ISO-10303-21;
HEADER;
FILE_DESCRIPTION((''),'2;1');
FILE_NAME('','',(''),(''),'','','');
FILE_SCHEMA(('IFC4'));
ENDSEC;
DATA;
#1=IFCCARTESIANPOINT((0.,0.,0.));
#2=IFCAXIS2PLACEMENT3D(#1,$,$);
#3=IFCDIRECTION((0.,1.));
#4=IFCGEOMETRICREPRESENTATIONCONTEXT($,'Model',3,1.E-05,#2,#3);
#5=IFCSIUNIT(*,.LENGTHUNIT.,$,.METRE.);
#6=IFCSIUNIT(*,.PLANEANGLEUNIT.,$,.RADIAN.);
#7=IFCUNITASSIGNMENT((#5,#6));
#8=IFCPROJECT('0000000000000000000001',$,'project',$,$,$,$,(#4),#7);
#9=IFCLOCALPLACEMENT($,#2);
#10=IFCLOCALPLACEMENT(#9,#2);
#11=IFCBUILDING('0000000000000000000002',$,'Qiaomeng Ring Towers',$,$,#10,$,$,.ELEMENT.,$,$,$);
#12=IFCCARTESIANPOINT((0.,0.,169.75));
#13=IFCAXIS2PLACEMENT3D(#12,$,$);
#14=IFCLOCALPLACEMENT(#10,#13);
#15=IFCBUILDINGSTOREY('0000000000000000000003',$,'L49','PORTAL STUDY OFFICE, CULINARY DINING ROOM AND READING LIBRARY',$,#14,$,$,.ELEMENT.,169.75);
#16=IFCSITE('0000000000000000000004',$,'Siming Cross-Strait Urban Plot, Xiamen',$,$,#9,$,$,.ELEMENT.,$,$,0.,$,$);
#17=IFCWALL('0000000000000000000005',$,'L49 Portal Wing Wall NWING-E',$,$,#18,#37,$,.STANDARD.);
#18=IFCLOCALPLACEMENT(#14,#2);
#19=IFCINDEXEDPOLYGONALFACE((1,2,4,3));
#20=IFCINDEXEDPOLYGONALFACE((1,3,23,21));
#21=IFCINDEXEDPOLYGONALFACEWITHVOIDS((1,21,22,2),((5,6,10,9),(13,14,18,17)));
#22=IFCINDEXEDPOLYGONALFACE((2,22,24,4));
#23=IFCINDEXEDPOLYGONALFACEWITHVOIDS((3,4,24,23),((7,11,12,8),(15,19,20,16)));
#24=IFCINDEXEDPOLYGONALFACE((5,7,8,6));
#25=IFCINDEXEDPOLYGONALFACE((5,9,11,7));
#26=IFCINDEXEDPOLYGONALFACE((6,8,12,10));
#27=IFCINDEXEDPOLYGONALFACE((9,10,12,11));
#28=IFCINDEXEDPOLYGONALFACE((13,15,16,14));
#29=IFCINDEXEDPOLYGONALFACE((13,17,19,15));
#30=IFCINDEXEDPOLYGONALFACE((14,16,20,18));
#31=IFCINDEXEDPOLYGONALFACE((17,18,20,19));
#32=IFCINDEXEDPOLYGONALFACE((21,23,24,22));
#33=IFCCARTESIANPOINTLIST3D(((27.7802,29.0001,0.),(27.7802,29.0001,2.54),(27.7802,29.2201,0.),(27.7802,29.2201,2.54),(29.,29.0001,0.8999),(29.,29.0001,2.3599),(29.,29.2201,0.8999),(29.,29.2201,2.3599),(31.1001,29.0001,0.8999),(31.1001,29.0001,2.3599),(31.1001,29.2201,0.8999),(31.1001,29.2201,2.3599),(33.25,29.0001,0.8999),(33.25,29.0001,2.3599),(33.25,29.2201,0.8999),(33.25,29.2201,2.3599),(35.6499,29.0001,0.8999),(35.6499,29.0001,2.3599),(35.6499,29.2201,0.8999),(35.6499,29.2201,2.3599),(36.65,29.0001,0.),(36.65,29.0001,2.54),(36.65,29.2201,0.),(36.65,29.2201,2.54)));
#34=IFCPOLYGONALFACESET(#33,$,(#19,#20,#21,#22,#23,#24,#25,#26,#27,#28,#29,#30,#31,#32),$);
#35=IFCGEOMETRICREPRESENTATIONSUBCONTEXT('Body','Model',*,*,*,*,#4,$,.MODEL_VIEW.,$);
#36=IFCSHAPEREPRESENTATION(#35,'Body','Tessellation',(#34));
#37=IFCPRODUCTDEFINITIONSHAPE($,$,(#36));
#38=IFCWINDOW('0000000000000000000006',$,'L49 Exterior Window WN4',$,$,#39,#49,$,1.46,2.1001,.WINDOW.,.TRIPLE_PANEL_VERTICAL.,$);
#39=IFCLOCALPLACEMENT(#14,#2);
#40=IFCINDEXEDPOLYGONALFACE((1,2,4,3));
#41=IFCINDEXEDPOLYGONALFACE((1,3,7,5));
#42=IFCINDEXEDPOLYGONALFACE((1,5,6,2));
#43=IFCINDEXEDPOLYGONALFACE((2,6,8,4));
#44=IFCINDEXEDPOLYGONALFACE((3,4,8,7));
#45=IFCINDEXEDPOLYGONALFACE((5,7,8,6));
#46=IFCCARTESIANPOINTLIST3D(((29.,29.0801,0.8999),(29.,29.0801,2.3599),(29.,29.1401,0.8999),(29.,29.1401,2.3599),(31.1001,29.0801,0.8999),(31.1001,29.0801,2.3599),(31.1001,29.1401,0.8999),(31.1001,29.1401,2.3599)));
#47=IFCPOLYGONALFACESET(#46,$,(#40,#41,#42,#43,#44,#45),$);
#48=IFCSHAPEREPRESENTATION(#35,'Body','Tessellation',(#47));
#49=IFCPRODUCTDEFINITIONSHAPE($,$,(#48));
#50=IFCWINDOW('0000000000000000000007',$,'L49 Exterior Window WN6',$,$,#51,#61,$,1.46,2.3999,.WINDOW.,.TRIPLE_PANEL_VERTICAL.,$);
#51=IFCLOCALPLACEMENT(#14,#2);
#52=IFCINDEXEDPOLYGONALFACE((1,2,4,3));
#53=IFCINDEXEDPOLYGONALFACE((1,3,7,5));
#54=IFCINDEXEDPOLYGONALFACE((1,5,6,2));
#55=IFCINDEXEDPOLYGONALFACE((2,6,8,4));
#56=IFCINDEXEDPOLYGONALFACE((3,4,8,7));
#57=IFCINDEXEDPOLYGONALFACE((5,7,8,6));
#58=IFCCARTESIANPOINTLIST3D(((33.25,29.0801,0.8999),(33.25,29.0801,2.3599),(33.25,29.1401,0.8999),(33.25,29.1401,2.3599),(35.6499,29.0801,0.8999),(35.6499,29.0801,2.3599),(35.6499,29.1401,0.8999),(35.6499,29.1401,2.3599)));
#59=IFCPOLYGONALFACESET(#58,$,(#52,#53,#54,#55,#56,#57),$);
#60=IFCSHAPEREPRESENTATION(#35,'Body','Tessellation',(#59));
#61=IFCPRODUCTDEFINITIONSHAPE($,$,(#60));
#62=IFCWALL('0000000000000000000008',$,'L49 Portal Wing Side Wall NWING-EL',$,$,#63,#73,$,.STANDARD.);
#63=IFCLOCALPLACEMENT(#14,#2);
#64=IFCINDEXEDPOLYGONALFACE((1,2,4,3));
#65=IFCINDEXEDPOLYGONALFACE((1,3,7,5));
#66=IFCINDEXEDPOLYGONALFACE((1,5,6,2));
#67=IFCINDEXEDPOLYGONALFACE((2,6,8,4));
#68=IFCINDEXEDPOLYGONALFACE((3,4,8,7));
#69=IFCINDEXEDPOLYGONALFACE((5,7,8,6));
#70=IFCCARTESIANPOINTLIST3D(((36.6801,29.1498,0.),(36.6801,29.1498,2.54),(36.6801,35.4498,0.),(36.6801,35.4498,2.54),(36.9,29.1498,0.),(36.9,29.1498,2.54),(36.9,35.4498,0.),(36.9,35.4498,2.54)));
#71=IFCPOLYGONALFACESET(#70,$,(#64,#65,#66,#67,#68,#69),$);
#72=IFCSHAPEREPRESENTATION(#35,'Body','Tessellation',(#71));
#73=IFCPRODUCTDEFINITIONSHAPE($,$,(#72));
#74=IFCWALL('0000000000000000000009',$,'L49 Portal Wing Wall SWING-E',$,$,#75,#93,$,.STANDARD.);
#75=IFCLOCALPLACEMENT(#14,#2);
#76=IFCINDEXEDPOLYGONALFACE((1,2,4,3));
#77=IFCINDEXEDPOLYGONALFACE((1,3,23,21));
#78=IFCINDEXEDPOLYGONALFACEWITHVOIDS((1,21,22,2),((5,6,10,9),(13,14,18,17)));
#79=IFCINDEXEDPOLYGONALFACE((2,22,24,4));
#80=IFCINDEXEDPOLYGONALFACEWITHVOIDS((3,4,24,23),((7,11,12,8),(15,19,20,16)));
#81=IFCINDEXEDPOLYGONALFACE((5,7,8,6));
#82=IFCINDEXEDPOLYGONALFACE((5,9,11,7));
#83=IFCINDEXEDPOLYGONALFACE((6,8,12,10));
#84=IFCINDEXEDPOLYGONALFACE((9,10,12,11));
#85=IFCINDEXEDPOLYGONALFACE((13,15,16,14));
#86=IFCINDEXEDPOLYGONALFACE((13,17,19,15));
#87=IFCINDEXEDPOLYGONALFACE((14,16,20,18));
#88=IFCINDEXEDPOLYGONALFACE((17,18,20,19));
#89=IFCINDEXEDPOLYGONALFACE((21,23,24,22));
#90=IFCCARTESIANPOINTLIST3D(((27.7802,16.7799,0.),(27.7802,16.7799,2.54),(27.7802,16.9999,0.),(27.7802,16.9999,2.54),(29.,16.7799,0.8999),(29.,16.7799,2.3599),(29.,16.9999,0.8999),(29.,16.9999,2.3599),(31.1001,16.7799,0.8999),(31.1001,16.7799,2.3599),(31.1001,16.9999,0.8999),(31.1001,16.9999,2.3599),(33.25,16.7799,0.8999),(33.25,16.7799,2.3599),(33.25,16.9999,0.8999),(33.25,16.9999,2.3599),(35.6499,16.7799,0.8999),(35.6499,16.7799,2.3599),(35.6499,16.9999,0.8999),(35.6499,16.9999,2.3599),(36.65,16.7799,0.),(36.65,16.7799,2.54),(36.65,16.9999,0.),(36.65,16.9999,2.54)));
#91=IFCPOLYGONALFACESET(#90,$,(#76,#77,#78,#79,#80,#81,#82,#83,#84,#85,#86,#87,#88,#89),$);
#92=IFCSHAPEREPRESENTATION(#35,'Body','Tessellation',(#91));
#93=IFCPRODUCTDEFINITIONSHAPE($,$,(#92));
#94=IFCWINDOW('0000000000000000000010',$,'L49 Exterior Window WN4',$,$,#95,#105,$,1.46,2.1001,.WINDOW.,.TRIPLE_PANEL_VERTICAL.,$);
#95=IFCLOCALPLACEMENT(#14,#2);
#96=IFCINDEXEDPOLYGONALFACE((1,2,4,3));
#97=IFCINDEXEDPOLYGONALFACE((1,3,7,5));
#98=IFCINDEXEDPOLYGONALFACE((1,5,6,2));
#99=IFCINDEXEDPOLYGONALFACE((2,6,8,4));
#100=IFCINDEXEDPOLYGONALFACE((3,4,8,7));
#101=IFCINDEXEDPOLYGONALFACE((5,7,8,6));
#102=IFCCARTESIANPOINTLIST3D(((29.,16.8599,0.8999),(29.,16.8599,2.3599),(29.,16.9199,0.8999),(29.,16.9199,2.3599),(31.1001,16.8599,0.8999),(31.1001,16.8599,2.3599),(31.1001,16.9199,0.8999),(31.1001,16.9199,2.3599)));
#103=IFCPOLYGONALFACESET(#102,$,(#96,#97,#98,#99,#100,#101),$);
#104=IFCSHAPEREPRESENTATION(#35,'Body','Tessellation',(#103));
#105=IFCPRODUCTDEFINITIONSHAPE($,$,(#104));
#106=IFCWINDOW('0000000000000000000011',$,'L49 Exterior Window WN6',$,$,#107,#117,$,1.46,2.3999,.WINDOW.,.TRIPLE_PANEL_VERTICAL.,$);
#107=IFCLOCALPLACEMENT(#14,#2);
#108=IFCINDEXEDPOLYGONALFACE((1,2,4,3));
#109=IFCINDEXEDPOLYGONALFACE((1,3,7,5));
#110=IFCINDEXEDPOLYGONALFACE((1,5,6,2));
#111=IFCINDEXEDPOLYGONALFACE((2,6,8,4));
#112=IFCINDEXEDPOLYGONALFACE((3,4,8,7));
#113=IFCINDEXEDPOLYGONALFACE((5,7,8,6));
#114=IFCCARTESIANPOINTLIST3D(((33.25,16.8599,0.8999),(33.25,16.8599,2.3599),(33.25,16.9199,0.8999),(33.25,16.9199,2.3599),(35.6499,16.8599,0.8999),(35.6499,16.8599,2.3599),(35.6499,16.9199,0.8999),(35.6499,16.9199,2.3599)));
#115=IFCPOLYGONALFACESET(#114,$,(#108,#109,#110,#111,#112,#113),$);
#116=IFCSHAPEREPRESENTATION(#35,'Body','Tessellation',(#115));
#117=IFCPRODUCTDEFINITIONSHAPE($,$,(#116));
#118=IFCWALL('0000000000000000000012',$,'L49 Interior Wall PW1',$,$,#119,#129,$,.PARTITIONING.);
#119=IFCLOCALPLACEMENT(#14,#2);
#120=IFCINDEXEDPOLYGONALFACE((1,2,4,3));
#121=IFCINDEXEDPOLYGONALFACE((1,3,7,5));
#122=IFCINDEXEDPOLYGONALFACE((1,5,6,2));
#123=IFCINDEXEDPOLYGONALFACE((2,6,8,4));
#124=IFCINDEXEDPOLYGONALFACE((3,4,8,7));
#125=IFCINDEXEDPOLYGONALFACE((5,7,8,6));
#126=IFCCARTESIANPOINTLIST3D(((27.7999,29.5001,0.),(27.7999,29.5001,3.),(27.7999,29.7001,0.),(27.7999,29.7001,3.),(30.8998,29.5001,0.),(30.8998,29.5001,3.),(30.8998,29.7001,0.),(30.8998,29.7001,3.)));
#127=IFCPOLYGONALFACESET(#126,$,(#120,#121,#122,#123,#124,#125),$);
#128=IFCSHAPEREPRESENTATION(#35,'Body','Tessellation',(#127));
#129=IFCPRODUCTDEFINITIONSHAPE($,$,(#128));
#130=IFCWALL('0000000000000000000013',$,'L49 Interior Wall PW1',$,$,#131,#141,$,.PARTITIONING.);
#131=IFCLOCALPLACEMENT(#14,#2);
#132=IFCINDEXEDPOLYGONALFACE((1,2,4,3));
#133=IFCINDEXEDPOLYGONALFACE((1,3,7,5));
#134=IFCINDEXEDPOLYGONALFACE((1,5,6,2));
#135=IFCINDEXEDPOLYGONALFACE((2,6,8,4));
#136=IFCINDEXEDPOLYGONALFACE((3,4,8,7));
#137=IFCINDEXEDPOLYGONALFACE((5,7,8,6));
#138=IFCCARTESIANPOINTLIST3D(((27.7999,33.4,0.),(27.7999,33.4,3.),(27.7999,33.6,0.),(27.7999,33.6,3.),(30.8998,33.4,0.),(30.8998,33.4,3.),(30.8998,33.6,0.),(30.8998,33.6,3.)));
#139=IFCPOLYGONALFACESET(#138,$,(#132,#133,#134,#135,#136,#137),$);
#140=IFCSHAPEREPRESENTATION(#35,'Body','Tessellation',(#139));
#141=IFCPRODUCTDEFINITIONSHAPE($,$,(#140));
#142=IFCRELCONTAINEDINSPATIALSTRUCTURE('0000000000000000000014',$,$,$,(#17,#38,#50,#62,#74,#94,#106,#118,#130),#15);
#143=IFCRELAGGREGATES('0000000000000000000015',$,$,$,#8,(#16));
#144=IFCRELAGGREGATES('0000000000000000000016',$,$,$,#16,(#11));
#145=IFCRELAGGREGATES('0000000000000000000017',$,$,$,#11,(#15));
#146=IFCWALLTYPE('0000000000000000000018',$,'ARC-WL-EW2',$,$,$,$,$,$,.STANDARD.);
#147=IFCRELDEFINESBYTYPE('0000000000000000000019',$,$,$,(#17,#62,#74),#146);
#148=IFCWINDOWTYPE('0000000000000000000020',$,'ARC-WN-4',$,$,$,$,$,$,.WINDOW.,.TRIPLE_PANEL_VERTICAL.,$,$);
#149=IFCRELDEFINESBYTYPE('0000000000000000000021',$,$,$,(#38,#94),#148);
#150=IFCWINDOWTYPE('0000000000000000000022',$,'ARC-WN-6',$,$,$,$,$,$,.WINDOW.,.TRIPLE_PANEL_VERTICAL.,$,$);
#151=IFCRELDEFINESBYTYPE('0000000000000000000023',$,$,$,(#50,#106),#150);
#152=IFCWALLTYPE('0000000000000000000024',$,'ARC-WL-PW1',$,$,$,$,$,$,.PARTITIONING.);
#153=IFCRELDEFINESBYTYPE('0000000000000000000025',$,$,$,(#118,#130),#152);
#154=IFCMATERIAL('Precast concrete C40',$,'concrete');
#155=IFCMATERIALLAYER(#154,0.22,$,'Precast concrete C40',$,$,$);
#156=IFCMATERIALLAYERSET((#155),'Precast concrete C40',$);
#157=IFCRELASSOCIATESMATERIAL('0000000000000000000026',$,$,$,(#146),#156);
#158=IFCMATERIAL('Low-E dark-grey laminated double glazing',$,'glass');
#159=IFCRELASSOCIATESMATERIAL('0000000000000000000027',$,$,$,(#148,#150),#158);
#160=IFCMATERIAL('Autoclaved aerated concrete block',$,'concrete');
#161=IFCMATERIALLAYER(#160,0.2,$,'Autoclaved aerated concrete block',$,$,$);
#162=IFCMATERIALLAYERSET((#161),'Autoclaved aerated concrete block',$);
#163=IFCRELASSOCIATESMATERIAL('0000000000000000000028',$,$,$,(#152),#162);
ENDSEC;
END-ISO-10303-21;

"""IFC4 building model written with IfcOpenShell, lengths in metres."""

from ifc_helpers import new_model, si_unit, direction, frame, frame_2d, origin, place, context, subcontext, project, spatial, rectangle, extrude, source, transform, mapped, material, layer, layer_set, type_object, element, fill, save


model = new_model("IFC4")

# Units and contexts
model_context = context("Model", 3, precision=1e-05, world=origin(), true_north=direction((0.0, 1.0)))
body_context = subcontext(model_context, "Body", "Model", "MODEL_VIEW")
ifc_project = project(units=[si_unit("LENGTHUNIT", "METRE"), si_unit("PLANEANGLEUNIT", "RADIAN")], contexts=[model_context])

# Site, building, storey
site_placement = place(None, origin())
site = spatial("IfcSite", under=ifc_project, at=site_placement, Name="Siming Cross-Strait Urban Plot, Xiamen", CompositionType="ELEMENT", RefElevation=0.0)
building_placement = place(site_placement, origin())
building = spatial("IfcBuilding", under=site, at=building_placement, Name="Qiaomeng Ring Towers", CompositionType="ELEMENT")
storey_placement = place(building_placement, frame((0.0, 0.0, 169.75)))
storey = spatial("IfcBuildingStorey", under=building, at=storey_placement, Name="L49", Description="PORTAL STUDY OFFICE, CULINARY DINING ROOM AND READING LIBRARY", CompositionType="ELEMENT", Elevation=169.75)

# Wall, openings, windows
ifc_material_1 = material(Name="Precast concrete C40", Category="concrete")
ifc_layer_1 = layer(ifc_material_1, 0.22, Name="Precast concrete C40")
ifc_layer_set_1 = layer_set([ifc_layer_1], Name="Precast concrete C40")
wall_type_1 = type_object("IfcWallType", Name="ARC-WL-EW2", PredefinedType="STANDARD", material=ifc_layer_set_1)
wall_1_placement = place(storey_placement, frame((27.78, 29.1101, 0.0), z_axis=(0.0, 0.0, 1.0), x_axis=(1.0, 0.0, 0.0)))
wall_1 = element("IfcWall", 1, at=wall_1_placement, inside=storey, type_object=wall_type_1, Name="L49 Portal Wing Wall NWING-E", PredefinedType="STANDARD", context=body_context, shape_type="SweptSolid", body=[
    extrude(rectangle(XDim=8.8699, YDim=0.22, at=frame_2d((4.4351, 0.0))), origin(), (0.0, 0.0, 1.0), 2.54),
])
opening_1_placement = place(wall_1_placement, frame((1.22, 0.0, 0.8999)))
opening_1 = element("IfcOpeningElement", 2, at=opening_1_placement, cuts=wall_1, PredefinedType="OPENING", context=body_context, shape_type="SweptSolid", body=[
    extrude(rectangle(XDim=2.1001, YDim=1.46, at=frame_2d((1.05, 0.73))), frame((0.0, 0.1199, 0.0), z_axis=(0.0, -1.0, 0.0), x_axis=(1.0, 0.0, 0.0)), (0.0, 0.0, 1.0), 0.24),
])
opening_2_placement = place(wall_1_placement, frame((5.47, 0.0, 0.8999)))
opening_2 = element("IfcOpeningElement", 3, at=opening_2_placement, cuts=wall_1, PredefinedType="OPENING", context=body_context, shape_type="SweptSolid", body=[
    extrude(rectangle(XDim=2.3999, YDim=1.46, at=frame_2d((1.2, 0.73))), frame((0.0, 0.1199, 0.0), z_axis=(0.0, -1.0, 0.0), x_axis=(1.0, 0.0, 0.0)), (0.0, 0.0, 1.0), 0.24),
])
ifc_material_2 = material(Name="Low-E dark-grey laminated double glazing", Category="glass")
window_type_1 = type_object("IfcWindowType", Name="ARC-WN-4", PartitioningType="TRIPLE_PANEL_VERTICAL", PredefinedType="WINDOW", material=ifc_material_2)
shared_shape_1 = source(origin(), body_context, "Body", "SweptSolid", [
    extrude(rectangle(XDim=2.1001, YDim=1.46, at=frame_2d((1.05, 0.73))), frame((0.0, 0.03, 0.0), z_axis=(0.0, -1.0, 0.0), x_axis=(1.0, 0.0, 0.0)), (0.0, 0.0, 1.0), 0.0601),
])
window_1_placement = place(opening_1_placement, origin())
window_1 = element("IfcWindow", 4, at=window_1_placement, inside=storey, type_object=window_type_1, Name="L49 Exterior Window WN4", OverallHeight=1.46, OverallWidth=2.1001, PartitioningType="TRIPLE_PANEL_VERTICAL", PredefinedType="WINDOW", context=body_context, shape_type="MappedRepresentation", body=[
    mapped(shared_shape_1, transform((0.0, 0.0, 0.0), x_axis=(1.0, 0.0, 0.0), y_axis=(0.0, 1.0, 0.0), z_axis=(0.0, 0.0, 1.0), scale=1.0)),
])
fill(opening_1, window_1)
window_type_2 = type_object("IfcWindowType", Name="ARC-WN-6", PartitioningType="TRIPLE_PANEL_VERTICAL", PredefinedType="WINDOW", material=ifc_material_2)
shared_shape_2 = source(origin(), body_context, "Body", "SweptSolid", [
    extrude(rectangle(XDim=2.3999, YDim=1.46, at=frame_2d((1.2, 0.73))), frame((0.0, 0.03, 0.0), z_axis=(0.0, -1.0, 0.0), x_axis=(1.0, 0.0, 0.0)), (0.0, 0.0, 1.0), 0.0601),
])
window_2_placement = place(opening_2_placement, origin())
window_2 = element("IfcWindow", 5, at=window_2_placement, inside=storey, type_object=window_type_2, Name="L49 Exterior Window WN6", OverallHeight=1.46, OverallWidth=2.3999, PartitioningType="TRIPLE_PANEL_VERTICAL", PredefinedType="WINDOW", context=body_context, shape_type="MappedRepresentation", body=[
    mapped(shared_shape_2, transform((0.0, 0.0, 0.0), x_axis=(1.0, 0.0, 0.0), y_axis=(0.0, 1.0, 0.0), z_axis=(0.0, 0.0, 1.0), scale=1.0)),
])
fill(opening_2, window_2)

# Wall
wall_2_placement = place(storey_placement, frame((36.79, 29.1499, 0.0), z_axis=(0.0, 0.0, 1.0), x_axis=(0.0, 1.0, 0.0)))
element("IfcWall", 6, at=wall_2_placement, inside=storey, type_object=wall_type_1, Name="L49 Portal Wing Side Wall NWING-EL", PredefinedType="STANDARD", context=body_context, shape_type="SweptSolid", body=[
    extrude(rectangle(XDim=6.3, YDim=0.22, at=frame_2d((3.1499, 0.0))), origin(), (0.0, 0.0, 1.0), 2.54),
])

# Wall, openings, windows
wall_3_placement = place(storey_placement, frame((27.78, 16.8899, 0.0), z_axis=(0.0, 0.0, 1.0), x_axis=(1.0, 0.0, 0.0)))
wall_3 = element("IfcWall", 7, at=wall_3_placement, inside=storey, type_object=wall_type_1, Name="L49 Portal Wing Wall SWING-E", PredefinedType="STANDARD", context=body_context, shape_type="SweptSolid", body=[
    extrude(rectangle(XDim=8.8699, YDim=0.22, at=frame_2d((4.4351, 0.0))), origin(), (0.0, 0.0, 1.0), 2.54),
])
opening_3_placement = place(wall_3_placement, frame((1.22, 0.0, 0.8999)))
opening_3 = element("IfcOpeningElement", 8, at=opening_3_placement, cuts=wall_3, PredefinedType="OPENING", context=body_context, shape_type="SweptSolid", body=[
    extrude(rectangle(XDim=2.1001, YDim=1.46, at=frame_2d((1.05, 0.73))), frame((0.0, 0.1199, 0.0), z_axis=(0.0, -1.0, 0.0), x_axis=(1.0, 0.0, 0.0)), (0.0, 0.0, 1.0), 0.24),
])
opening_4_placement = place(wall_3_placement, frame((5.47, 0.0, 0.8999)))
opening_4 = element("IfcOpeningElement", 9, at=opening_4_placement, cuts=wall_3, PredefinedType="OPENING", context=body_context, shape_type="SweptSolid", body=[
    extrude(rectangle(XDim=2.3999, YDim=1.46, at=frame_2d((1.2, 0.73))), frame((0.0, 0.1199, 0.0), z_axis=(0.0, -1.0, 0.0), x_axis=(1.0, 0.0, 0.0)), (0.0, 0.0, 1.0), 0.24),
])
window_3_placement = place(opening_3_placement, origin())
window_3 = element("IfcWindow", 10, at=window_3_placement, inside=storey, type_object=window_type_1, Name="L49 Exterior Window WN4", OverallHeight=1.46, OverallWidth=2.1001, PartitioningType="TRIPLE_PANEL_VERTICAL", PredefinedType="WINDOW", context=body_context, shape_type="MappedRepresentation", body=[
    mapped(shared_shape_1, transform((0.0, 0.0, 0.0), x_axis=(1.0, 0.0, 0.0), y_axis=(0.0, 1.0, 0.0), z_axis=(0.0, 0.0, 1.0), scale=1.0)),
])
fill(opening_3, window_3)
window_4_placement = place(opening_4_placement, origin())
window_4 = element("IfcWindow", 11, at=window_4_placement, inside=storey, type_object=window_type_2, Name="L49 Exterior Window WN6", OverallHeight=1.46, OverallWidth=2.3999, PartitioningType="TRIPLE_PANEL_VERTICAL", PredefinedType="WINDOW", context=body_context, shape_type="MappedRepresentation", body=[
    mapped(shared_shape_2, transform((0.0, 0.0, 0.0), x_axis=(1.0, 0.0, 0.0), y_axis=(0.0, 1.0, 0.0), z_axis=(0.0, 0.0, 1.0), scale=1.0)),
])
fill(opening_4, window_4)

# Walls
ifc_material_3 = material(Name="Autoclaved aerated concrete block", Category="concrete")
ifc_layer_2 = layer(ifc_material_3, 0.2, Name="Autoclaved aerated concrete block")
ifc_layer_set_2 = layer_set([ifc_layer_2], Name="Autoclaved aerated concrete block")
wall_type_2 = type_object("IfcWallType", Name="ARC-WL-PW1", PredefinedType="PARTITIONING", material=ifc_layer_set_2)
for number, where, z_axis, x_axis, name in (
    (12, (27.8, 29.6001, 0.0), (0.0, 0.0, 1.0), (1.0, 0.0, 0.0), "L49 Interior Wall PW1"),
    (13, (27.8, 33.5, 0.0), (0.0, 0.0, 1.0), (1.0, 0.0, 0.0), "L49 Interior Wall PW1"),
):
    element("IfcWall", number, at=place(storey_placement, frame(where, z_axis=z_axis, x_axis=x_axis)), inside=storey, type_object=wall_type_2, Name=name, PredefinedType="PARTITIONING", context=body_context, shape_type="SweptSolid", body=[
        extrude(rectangle(XDim=3.0999, YDim=0.2, at=frame_2d((1.5498, 0.0))), origin(), (0.0, 0.0, 1.0), 3.0),
    ])

save(model, "model.ifc")
